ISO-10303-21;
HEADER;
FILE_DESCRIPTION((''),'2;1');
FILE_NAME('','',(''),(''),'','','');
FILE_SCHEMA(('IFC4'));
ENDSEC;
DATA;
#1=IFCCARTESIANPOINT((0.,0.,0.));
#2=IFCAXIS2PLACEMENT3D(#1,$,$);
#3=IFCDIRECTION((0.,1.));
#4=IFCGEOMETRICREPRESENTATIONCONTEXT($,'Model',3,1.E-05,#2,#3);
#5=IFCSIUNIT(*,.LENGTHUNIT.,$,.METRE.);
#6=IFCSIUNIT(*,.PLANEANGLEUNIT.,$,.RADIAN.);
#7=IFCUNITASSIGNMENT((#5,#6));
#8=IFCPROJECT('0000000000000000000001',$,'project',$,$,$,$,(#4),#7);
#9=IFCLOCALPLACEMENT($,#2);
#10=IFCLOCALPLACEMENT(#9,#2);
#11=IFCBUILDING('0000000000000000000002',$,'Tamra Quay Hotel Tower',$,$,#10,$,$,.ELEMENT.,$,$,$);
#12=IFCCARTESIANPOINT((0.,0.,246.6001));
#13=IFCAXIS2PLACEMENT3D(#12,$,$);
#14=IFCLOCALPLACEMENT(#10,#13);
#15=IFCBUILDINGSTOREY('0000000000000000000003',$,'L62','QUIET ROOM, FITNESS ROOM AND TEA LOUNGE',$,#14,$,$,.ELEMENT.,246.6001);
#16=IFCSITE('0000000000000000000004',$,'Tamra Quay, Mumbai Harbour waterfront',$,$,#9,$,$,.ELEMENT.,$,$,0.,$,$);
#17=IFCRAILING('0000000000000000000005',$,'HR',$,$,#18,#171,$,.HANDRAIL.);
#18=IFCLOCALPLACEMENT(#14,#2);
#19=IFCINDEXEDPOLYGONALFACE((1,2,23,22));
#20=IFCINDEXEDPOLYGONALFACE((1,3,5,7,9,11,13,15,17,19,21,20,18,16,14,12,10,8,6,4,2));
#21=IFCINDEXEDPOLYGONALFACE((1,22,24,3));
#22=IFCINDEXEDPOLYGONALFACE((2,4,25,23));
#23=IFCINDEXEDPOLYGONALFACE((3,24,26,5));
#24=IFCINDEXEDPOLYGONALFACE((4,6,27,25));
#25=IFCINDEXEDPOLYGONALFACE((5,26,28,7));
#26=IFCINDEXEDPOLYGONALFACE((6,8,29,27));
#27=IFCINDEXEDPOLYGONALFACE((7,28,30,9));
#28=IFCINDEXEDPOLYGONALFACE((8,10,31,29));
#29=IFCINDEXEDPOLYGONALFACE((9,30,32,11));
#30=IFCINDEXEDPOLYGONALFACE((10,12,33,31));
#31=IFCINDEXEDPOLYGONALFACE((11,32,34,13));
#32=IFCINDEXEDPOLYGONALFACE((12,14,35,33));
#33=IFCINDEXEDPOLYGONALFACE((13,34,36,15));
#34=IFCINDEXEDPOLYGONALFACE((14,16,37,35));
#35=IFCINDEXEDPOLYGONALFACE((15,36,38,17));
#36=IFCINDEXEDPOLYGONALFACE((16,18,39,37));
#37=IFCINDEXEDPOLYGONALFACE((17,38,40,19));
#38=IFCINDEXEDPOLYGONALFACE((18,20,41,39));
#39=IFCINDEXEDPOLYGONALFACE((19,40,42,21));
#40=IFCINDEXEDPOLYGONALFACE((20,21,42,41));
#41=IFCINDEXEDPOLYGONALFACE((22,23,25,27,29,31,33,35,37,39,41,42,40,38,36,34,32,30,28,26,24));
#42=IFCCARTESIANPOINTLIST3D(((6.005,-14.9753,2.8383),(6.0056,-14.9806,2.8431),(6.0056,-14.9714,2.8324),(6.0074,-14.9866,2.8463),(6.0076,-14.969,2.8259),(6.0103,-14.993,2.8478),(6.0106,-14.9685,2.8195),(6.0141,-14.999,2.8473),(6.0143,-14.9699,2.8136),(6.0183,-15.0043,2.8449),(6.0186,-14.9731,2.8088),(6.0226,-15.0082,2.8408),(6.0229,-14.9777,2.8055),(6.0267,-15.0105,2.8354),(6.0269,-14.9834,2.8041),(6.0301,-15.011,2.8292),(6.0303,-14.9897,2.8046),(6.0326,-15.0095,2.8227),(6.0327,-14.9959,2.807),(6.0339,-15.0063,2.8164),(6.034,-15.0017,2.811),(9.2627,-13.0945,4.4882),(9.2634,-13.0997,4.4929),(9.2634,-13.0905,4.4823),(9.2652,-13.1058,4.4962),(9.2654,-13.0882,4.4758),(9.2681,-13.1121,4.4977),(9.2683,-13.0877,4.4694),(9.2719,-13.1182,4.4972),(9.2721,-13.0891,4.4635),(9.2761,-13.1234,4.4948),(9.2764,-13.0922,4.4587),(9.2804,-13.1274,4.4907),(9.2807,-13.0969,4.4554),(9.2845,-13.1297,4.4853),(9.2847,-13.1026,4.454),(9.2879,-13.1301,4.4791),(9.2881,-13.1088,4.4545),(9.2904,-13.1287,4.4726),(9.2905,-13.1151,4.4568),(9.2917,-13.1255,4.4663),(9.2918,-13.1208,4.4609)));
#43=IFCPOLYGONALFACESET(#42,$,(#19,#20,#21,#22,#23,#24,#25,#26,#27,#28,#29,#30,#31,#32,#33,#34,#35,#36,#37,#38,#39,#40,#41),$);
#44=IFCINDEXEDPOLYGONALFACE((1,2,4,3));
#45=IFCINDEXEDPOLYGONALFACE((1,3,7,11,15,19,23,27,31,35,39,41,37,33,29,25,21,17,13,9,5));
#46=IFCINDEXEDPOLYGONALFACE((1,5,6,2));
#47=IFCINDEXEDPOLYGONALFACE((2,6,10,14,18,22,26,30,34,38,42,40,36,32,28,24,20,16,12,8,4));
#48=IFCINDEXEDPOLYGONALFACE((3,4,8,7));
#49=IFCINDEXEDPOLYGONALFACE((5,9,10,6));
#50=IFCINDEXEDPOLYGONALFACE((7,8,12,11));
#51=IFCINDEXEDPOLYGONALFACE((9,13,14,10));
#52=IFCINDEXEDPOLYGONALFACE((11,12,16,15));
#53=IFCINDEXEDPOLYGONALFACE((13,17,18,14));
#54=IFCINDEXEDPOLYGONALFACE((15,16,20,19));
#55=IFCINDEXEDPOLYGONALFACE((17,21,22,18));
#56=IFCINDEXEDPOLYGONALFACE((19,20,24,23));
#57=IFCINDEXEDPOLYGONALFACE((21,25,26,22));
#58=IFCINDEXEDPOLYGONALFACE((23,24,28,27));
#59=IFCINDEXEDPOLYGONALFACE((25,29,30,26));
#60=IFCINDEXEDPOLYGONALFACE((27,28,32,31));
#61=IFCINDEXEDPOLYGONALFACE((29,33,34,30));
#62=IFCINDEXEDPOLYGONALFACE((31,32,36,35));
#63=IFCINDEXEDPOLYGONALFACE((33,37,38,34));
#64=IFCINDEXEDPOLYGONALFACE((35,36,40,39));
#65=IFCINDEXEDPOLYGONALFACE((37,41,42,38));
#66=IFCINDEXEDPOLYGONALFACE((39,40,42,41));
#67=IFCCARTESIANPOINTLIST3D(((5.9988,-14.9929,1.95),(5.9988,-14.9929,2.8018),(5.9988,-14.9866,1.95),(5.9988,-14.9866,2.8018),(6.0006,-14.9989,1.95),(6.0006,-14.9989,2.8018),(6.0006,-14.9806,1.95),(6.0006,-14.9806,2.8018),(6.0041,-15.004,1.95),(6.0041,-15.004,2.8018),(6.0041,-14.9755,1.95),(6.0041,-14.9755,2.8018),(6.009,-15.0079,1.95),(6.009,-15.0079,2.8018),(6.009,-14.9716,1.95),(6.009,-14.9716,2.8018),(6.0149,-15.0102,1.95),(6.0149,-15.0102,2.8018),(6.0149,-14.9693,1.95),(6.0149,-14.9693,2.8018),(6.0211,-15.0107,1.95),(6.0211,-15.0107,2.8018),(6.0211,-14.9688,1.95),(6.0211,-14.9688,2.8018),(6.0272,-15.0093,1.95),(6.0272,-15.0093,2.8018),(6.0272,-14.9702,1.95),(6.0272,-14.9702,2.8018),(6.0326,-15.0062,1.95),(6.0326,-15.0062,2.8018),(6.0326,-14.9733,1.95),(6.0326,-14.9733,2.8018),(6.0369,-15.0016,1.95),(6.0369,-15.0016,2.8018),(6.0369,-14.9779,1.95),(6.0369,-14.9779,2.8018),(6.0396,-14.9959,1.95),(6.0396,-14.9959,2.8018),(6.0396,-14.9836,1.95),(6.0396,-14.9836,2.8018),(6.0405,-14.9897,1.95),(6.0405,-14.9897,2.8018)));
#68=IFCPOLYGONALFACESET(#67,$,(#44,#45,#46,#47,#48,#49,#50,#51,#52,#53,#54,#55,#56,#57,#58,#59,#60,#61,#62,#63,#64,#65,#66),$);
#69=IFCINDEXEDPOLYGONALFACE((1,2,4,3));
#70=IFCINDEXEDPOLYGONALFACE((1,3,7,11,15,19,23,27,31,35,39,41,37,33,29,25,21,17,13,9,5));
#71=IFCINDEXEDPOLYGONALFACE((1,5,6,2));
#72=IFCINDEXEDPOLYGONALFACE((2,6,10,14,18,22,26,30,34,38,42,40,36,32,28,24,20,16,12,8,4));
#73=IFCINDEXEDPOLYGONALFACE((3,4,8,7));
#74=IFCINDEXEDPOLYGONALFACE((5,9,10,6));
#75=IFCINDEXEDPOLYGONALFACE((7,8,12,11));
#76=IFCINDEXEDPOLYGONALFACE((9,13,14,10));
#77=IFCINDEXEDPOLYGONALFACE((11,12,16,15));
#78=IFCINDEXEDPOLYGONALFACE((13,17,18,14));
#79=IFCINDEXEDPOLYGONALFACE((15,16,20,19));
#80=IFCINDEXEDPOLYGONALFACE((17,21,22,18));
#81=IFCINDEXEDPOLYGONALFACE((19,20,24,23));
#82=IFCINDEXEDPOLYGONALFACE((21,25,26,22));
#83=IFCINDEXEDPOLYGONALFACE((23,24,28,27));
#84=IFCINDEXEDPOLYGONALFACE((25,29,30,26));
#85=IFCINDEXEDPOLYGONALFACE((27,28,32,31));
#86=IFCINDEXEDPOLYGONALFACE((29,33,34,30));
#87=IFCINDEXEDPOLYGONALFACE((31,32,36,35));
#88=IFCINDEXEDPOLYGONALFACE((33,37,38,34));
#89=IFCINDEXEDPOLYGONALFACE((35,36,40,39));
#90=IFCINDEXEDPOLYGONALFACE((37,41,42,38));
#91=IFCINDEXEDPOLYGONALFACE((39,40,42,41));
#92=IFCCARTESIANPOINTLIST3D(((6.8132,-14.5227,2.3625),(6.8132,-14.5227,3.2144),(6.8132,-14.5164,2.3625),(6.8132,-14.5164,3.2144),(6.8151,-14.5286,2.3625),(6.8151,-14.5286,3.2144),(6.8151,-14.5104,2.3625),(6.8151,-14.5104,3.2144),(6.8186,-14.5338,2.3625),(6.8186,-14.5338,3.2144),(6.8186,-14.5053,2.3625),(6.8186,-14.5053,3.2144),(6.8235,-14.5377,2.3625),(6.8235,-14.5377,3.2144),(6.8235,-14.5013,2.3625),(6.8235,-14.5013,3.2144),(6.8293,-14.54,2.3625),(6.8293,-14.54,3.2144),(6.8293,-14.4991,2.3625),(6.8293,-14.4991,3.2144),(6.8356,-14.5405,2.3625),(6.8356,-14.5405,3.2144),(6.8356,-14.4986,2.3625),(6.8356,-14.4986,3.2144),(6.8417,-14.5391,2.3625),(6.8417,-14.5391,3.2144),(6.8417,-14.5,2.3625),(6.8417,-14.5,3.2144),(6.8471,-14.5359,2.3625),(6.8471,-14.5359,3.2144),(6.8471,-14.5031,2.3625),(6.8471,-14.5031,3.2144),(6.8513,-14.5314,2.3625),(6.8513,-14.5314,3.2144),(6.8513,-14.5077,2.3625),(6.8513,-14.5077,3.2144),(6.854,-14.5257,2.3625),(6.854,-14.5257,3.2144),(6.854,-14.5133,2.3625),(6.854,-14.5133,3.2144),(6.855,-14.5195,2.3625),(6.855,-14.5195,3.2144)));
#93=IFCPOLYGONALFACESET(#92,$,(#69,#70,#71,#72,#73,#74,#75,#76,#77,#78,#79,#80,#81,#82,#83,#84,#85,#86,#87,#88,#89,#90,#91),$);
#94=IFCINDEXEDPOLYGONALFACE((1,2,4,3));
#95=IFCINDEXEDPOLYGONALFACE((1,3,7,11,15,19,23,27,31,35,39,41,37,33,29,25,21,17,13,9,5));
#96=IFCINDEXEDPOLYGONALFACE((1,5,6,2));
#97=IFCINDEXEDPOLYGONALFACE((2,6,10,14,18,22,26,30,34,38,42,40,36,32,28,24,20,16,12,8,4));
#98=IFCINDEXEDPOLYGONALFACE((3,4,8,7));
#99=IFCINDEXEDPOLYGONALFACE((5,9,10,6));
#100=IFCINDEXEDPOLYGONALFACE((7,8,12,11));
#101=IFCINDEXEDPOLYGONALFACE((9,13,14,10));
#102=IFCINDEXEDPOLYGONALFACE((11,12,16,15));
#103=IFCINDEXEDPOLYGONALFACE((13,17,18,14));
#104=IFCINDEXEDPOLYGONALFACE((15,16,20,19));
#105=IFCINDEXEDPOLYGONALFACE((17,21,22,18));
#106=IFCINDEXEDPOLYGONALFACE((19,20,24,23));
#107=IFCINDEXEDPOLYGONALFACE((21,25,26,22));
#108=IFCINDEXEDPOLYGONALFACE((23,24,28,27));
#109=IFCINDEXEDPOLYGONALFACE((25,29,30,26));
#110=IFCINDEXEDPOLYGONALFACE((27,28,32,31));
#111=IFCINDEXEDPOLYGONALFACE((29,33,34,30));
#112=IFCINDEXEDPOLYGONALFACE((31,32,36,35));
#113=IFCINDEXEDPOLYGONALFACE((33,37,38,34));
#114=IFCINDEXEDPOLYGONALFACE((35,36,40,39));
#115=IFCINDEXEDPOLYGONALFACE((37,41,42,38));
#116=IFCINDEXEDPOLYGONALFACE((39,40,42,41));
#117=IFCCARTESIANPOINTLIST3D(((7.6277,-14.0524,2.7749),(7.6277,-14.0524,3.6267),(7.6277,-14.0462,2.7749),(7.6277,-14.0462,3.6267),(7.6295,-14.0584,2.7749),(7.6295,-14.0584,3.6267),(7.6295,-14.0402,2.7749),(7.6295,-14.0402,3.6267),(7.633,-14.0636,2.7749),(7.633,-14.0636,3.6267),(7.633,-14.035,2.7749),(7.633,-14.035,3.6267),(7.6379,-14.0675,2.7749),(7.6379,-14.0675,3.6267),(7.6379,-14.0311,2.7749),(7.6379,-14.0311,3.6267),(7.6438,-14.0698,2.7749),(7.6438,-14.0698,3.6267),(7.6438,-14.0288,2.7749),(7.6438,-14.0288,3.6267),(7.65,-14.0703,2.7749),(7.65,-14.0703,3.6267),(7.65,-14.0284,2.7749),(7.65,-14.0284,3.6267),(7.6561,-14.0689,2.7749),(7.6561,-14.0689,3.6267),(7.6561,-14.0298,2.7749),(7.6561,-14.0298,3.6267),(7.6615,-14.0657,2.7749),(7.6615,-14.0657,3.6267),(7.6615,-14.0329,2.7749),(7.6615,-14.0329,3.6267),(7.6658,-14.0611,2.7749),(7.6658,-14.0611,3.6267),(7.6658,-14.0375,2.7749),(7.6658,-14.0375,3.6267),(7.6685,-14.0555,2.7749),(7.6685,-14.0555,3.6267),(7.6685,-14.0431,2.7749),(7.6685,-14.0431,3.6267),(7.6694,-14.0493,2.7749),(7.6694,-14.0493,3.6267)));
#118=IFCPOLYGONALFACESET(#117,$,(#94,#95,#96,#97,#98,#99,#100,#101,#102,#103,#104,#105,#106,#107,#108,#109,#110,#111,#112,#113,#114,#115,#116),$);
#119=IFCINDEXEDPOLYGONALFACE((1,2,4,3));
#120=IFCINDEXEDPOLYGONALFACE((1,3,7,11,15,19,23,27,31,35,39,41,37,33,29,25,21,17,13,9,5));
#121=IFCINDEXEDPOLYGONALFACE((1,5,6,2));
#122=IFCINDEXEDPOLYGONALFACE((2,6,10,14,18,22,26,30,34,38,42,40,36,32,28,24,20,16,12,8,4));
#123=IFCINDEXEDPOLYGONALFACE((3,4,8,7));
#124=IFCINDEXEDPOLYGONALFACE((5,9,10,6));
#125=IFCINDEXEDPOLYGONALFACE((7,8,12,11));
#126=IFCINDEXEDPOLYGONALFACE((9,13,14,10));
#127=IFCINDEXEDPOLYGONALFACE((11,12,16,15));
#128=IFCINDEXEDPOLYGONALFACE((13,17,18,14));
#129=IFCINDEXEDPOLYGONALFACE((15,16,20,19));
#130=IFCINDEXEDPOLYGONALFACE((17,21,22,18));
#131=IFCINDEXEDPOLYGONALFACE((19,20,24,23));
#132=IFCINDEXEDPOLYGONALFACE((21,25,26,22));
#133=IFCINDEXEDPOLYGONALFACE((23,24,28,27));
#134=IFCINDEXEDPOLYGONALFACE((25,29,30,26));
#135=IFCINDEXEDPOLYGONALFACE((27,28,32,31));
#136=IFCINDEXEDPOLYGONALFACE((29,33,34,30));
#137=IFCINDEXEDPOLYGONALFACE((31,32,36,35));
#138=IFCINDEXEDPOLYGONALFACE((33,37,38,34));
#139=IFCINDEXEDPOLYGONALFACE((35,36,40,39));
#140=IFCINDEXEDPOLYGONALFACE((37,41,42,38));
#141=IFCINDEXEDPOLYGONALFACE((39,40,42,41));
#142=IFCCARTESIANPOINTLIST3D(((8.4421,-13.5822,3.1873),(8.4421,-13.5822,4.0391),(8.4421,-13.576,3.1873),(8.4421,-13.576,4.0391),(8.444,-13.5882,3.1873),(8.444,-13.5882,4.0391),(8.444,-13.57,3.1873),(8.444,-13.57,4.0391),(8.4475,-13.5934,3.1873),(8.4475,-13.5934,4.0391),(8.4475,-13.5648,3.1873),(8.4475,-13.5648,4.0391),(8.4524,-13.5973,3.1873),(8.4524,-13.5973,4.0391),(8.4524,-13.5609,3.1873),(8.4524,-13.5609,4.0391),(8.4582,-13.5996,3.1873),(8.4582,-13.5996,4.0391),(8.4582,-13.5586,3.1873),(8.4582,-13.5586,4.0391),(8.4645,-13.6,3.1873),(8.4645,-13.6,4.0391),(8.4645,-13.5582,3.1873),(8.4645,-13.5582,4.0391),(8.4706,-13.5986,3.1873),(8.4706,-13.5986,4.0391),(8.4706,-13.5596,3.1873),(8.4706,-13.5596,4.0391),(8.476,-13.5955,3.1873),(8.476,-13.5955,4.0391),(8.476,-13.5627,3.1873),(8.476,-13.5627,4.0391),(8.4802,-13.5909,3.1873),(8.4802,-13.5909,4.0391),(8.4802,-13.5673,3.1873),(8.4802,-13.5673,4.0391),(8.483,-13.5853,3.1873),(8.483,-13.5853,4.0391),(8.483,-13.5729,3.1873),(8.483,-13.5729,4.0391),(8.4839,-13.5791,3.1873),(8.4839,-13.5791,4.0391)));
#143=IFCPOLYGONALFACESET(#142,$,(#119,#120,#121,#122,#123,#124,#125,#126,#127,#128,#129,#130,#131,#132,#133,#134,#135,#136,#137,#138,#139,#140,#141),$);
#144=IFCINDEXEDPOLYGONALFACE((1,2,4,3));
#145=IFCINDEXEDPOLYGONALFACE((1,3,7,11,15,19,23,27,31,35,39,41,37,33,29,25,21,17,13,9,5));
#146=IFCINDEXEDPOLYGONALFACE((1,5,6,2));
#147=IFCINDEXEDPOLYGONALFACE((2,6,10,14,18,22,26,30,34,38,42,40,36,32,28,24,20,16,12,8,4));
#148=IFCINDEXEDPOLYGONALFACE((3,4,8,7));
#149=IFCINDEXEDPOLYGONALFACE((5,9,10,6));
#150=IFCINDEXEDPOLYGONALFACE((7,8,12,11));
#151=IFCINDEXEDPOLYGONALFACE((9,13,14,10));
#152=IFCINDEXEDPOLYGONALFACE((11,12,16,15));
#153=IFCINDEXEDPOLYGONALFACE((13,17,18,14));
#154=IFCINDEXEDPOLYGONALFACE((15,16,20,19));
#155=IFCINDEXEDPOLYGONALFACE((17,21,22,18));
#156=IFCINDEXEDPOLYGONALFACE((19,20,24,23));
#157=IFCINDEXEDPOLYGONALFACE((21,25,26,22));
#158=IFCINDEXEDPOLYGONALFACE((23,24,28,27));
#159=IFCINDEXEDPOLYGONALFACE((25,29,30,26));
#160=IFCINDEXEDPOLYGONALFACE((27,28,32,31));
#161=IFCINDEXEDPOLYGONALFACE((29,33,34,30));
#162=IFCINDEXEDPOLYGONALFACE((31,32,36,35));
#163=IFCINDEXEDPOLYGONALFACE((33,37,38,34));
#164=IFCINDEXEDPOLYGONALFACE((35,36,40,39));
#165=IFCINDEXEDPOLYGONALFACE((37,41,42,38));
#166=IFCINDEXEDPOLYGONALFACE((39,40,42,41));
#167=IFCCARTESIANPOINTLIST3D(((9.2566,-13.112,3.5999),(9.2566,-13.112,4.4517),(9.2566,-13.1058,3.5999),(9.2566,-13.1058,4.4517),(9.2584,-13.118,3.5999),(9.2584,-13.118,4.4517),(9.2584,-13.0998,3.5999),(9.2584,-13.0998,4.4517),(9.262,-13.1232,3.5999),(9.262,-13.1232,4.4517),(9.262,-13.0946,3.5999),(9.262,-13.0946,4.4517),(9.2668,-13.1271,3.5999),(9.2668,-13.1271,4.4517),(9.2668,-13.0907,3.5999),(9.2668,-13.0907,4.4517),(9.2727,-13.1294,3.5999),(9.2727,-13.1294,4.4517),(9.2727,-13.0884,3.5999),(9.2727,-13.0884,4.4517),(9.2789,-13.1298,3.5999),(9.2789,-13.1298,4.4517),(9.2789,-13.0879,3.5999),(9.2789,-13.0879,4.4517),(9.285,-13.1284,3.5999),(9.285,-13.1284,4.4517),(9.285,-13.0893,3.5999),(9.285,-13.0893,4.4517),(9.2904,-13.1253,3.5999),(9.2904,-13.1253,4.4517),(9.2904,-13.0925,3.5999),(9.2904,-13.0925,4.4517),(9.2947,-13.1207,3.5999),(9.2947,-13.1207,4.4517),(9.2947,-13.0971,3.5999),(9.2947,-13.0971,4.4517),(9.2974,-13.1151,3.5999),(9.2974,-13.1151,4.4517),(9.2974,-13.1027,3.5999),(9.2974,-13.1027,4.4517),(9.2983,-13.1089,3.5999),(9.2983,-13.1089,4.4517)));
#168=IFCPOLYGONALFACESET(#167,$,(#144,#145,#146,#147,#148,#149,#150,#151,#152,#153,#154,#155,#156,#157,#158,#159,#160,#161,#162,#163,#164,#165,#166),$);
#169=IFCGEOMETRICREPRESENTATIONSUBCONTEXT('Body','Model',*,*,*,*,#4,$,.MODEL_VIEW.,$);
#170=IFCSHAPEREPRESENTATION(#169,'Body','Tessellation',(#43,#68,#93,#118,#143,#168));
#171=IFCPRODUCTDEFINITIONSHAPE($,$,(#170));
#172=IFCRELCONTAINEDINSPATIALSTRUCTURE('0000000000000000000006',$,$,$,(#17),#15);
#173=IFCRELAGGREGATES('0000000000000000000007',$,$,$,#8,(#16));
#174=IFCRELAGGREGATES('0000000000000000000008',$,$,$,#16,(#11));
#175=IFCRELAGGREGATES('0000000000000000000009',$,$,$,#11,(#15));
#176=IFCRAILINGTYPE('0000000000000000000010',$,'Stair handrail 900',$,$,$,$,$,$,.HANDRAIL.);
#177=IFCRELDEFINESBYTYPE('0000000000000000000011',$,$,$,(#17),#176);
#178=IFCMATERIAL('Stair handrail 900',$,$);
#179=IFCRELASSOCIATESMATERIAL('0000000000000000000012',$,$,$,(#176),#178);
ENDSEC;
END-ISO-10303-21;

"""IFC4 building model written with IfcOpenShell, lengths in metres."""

from ifc_helpers import new_model, si_unit, direction, frame, origin, origin_2d, place, context, subcontext, project, spatial, circle, extrude, material, type_object, element, save


model = new_model("IFC4")

# Units and contexts
model_context = context("Model", 3, precision=1e-05, world=origin(), true_north=direction((0.0, 1.0)))
body_context = subcontext(model_context, "Body", "Model", "MODEL_VIEW")
ifc_project = project(units=[si_unit("LENGTHUNIT", "METRE"), si_unit("PLANEANGLEUNIT", "RADIAN")], contexts=[model_context])

# Site, building, storey
site_placement = place(None, origin())
site = spatial("IfcSite", under=ifc_project, at=site_placement, Name="Tamra Quay, Mumbai Harbour waterfront", CompositionType="ELEMENT", RefElevation=0.0)
building_placement = place(site_placement, origin())
building = spatial("IfcBuilding", under=site, at=building_placement, Name="Tamra Quay Hotel Tower", CompositionType="ELEMENT")
storey_placement = place(building_placement, frame((0.0, 0.0, 246.6001)))
storey = spatial("IfcBuildingStorey", under=building, at=storey_placement, Name="L62", Description="QUIET ROOM, FITNESS ROOM AND TEA LOUNGE", CompositionType="ELEMENT", Elevation=246.6001)

# Railing
ifc_material_1 = material(Name="Stair handrail 900")
railing_type_1 = type_object("IfcRailingType", Name="Stair handrail 900", PredefinedType="HANDRAIL", material=ifc_material_1)
railing_1_placement = place(storey_placement, frame((6.0195, -14.9897, 1.95)))
element("IfcRailing", 1, at=railing_1_placement, inside=storey, type_object=railing_type_1, Name="HR", PredefinedType="HANDRAIL", context=body_context, shape_type="SweptSolid", body=[
    extrude(circle(Radius=0.0239, at=origin_2d()), frame((0.0, 0.0, 0.876), z_axis=(0.7931, 0.457887, 0.401661), x_axis=(-0.499992, 0.86603, 0.0)), (0.0, 0.0, 1.0), 4.1077),
    extrude(circle(Radius=0.021, at=origin_2d()), origin(), (0.0, 0.0, 1.0), 0.8518),
    extrude(circle(Radius=0.021, at=origin_2d()), frame((0.8145, 0.4702, 0.4126)), (0.0, 0.0, 1.0), 0.8518),
    extrude(circle(Radius=0.021, at=origin_2d()), frame((1.6289, 0.9404, 0.825)), (0.0, 0.0, 1.0), 0.8518),
    extrude(circle(Radius=0.021, at=origin_2d()), frame((2.4434, 1.4106, 1.2373)), (0.0, 0.0, 1.0), 0.8518),
    extrude(circle(Radius=0.021, at=origin_2d()), frame((3.2578, 1.8809, 1.6499)), (0.0, 0.0, 1.0), 0.8518),
])

save(model, "model.ifc")
